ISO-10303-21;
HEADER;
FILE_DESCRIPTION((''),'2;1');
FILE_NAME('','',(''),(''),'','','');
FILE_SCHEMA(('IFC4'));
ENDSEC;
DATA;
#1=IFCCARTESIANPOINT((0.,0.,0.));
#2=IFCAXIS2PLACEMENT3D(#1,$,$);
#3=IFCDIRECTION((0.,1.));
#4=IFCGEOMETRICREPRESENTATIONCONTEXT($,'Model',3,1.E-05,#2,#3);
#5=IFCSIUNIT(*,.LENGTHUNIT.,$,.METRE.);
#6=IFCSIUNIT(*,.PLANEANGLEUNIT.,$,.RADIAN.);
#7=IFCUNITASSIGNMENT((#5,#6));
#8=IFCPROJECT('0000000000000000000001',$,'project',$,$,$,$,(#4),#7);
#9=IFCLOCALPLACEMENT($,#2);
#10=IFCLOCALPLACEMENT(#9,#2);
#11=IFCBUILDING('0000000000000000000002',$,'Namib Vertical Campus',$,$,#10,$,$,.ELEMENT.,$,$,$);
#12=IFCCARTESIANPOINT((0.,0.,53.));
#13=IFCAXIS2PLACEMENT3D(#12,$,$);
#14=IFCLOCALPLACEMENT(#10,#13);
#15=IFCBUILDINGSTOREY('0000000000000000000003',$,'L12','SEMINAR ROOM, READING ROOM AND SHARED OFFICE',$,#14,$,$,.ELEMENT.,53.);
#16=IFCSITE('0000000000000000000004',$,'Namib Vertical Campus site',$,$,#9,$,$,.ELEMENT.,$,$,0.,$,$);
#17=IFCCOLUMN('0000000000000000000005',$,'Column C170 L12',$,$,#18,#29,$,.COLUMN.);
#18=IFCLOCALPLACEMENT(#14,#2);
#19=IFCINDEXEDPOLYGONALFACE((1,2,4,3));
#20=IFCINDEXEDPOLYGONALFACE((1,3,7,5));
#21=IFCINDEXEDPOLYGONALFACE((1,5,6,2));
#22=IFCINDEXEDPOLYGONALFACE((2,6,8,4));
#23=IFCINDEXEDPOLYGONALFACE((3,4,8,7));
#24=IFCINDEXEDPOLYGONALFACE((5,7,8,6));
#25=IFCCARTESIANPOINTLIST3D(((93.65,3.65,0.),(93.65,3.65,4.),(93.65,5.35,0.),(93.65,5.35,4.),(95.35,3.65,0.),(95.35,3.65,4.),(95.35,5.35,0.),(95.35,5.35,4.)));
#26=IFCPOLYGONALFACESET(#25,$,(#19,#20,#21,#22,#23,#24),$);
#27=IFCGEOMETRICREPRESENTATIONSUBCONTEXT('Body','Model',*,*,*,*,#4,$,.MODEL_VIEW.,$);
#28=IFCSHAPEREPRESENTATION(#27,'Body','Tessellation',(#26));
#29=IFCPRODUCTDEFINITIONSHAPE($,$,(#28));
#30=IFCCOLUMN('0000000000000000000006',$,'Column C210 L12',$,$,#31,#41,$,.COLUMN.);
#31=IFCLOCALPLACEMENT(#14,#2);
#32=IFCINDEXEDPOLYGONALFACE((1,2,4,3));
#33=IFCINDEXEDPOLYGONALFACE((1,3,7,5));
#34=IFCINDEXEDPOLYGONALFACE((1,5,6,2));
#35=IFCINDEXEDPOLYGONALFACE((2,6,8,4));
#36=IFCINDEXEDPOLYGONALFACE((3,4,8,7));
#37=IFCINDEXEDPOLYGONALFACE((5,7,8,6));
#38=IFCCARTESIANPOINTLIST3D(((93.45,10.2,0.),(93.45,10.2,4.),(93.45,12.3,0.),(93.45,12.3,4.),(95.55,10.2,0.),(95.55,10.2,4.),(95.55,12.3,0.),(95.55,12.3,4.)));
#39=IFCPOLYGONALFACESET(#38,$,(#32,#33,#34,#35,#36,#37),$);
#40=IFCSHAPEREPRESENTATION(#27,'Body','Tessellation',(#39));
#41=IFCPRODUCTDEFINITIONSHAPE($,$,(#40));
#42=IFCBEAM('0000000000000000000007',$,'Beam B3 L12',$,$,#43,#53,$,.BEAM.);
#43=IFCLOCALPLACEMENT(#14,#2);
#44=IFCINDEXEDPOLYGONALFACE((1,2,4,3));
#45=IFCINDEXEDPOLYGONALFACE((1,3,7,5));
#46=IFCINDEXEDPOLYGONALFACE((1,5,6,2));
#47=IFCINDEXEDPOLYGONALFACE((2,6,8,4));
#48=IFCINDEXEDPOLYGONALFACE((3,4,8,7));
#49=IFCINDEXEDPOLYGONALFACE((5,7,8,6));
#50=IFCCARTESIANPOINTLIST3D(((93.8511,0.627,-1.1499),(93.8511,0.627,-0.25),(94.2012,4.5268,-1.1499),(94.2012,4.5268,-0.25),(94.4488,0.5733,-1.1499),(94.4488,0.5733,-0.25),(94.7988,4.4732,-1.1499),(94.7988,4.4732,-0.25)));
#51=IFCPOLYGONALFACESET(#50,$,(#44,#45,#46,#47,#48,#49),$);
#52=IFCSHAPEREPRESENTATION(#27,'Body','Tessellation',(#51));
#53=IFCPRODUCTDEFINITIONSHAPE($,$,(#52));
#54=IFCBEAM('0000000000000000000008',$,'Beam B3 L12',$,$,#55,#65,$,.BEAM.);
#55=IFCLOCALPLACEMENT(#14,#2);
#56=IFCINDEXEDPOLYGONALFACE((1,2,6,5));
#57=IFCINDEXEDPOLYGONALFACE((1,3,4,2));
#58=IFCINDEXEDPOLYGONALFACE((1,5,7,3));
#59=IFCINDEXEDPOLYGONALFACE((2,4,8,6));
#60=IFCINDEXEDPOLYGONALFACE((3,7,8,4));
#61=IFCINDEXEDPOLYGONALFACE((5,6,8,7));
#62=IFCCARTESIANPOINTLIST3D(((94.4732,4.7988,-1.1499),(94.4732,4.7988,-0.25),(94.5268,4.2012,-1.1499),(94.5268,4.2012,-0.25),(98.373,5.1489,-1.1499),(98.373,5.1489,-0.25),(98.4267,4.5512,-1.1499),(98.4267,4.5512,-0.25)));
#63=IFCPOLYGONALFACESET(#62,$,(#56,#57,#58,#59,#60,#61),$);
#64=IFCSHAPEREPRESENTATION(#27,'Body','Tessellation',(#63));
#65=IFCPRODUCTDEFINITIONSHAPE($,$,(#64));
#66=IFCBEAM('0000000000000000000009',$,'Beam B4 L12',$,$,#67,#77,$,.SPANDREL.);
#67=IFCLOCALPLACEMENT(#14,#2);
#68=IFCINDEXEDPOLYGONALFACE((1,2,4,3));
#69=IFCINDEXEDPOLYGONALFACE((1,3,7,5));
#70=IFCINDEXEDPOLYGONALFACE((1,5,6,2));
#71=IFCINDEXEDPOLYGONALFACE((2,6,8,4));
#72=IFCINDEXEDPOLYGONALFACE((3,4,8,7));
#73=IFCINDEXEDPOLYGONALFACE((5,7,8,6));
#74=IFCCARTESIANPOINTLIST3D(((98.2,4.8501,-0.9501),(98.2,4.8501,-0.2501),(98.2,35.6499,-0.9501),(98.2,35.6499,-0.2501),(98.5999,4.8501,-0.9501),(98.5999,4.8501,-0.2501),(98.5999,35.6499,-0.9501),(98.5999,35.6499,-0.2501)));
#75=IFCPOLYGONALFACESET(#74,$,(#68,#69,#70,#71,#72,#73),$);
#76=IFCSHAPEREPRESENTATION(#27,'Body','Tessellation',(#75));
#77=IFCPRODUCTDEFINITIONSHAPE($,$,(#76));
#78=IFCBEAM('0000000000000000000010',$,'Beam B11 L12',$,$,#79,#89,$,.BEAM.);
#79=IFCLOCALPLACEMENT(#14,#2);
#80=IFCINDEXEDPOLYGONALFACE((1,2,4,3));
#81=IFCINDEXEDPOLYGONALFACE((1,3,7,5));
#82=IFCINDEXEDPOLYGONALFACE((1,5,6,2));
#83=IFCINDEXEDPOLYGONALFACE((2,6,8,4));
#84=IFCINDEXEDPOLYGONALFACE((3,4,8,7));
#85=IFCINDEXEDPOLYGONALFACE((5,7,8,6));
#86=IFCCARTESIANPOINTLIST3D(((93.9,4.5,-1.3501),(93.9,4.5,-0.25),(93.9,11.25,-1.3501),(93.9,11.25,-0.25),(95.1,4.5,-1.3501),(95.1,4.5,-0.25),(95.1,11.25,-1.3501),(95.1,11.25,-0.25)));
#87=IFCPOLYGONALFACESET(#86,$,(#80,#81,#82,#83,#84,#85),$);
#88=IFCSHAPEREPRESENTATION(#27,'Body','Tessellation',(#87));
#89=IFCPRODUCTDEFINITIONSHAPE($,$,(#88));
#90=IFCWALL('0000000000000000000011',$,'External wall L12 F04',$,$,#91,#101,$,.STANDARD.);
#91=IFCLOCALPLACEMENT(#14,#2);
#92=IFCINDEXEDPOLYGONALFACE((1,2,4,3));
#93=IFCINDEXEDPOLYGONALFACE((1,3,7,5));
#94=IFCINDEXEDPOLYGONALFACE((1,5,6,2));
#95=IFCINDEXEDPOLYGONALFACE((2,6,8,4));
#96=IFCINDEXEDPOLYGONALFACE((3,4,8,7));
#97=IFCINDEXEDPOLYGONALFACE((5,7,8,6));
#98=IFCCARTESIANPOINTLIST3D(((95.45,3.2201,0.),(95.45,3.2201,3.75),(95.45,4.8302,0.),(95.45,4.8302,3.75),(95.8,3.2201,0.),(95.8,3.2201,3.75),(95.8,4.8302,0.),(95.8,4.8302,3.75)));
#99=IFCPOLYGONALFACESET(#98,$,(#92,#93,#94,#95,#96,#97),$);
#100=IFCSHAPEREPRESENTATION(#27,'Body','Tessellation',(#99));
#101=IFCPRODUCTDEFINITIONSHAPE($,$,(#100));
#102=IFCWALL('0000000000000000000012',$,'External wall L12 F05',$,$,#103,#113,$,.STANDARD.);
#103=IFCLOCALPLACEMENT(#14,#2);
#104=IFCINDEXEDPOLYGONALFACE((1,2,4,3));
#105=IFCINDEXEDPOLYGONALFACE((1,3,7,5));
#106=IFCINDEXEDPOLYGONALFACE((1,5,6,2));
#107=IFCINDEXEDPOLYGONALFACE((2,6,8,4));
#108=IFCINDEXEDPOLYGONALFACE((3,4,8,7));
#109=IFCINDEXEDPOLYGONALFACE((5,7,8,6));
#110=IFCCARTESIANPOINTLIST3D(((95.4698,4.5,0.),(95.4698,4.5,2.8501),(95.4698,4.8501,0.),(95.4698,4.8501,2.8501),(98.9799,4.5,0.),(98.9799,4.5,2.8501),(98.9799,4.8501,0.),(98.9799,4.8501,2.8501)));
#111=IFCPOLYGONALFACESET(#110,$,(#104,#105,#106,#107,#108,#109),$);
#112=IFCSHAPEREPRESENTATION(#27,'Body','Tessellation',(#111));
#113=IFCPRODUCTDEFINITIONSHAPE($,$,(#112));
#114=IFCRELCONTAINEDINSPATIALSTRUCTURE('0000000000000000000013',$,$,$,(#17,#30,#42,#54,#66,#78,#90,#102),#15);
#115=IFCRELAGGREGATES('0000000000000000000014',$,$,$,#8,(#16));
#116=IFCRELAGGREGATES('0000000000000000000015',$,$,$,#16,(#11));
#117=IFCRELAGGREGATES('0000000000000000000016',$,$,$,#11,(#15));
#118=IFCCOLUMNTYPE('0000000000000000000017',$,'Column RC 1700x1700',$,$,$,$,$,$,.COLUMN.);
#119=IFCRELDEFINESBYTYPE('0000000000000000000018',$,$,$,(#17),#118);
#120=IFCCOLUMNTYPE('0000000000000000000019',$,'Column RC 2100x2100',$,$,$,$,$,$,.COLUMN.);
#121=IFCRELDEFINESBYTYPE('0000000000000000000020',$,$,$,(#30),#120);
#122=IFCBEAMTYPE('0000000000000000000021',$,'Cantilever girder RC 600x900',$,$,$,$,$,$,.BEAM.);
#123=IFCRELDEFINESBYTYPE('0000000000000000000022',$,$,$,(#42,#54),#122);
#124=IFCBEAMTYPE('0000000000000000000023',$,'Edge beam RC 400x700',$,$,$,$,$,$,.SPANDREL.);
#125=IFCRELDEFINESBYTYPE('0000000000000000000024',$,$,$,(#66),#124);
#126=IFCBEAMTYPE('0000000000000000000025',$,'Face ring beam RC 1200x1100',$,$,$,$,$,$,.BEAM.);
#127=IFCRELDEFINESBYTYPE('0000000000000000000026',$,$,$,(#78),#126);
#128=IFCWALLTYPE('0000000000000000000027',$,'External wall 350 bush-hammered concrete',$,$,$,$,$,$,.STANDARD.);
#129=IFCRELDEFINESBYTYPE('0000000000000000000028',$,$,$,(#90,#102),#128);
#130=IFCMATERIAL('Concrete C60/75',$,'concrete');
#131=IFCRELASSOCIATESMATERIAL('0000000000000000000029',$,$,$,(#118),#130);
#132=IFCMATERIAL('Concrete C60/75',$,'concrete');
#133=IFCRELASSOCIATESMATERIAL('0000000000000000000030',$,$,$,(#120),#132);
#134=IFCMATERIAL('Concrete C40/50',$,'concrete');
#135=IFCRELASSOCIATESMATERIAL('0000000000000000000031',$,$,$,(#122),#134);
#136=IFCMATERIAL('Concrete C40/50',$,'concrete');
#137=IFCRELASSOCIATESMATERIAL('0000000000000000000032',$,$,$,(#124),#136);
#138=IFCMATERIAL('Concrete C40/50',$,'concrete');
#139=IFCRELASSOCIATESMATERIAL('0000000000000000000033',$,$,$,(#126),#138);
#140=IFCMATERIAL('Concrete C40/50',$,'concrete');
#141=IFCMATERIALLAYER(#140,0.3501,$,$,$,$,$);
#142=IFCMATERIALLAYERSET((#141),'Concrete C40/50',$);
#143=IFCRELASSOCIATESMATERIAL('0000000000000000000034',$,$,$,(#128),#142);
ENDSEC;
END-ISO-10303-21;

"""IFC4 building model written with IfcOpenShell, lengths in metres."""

from ifc_helpers import new_model, si_unit, direction, frame, frame_2d, origin, origin_2d, place, context, subcontext, project, spatial, rectangle, extrude, material, layer, layer_set, material_profile, profile_set, type_object, element, save


model = new_model("IFC4")

# Units and contexts
model_context = context("Model", 3, precision=1e-05, world=origin(), true_north=direction((0.0, 1.0)))
body_context = subcontext(model_context, "Body", "Model", "MODEL_VIEW")
ifc_project = project(units=[si_unit("LENGTHUNIT", "METRE"), si_unit("PLANEANGLEUNIT", "RADIAN")], contexts=[model_context])

# Site, building, storey
site_placement = place(None, origin())
site = spatial("IfcSite", under=ifc_project, at=site_placement, Name="Namib Vertical Campus site", CompositionType="ELEMENT", RefElevation=0.0)
building_placement = place(site_placement, origin())
building = spatial("IfcBuilding", under=site, at=building_placement, Name="Namib Vertical Campus", CompositionType="ELEMENT")
storey_placement = place(building_placement, frame((0.0, 0.0, 53.0)))
storey = spatial("IfcBuildingStorey", under=building, at=storey_placement, Name="L12", Description="SEMINAR ROOM, READING ROOM AND SHARED OFFICE", CompositionType="ELEMENT", Elevation=53.0)

# Columns
ifc_material_1 = material(Name="Concrete C60/75", Category="concrete")
ifc_material_profile_1 = material_profile(ifc_material_1, rectangle(XDim=1.7, YDim=1.7, at=origin_2d()))
ifc_profile_set_1 = profile_set([ifc_material_profile_1], Name="Concrete C60/75")
column_type_1 = type_object("IfcColumnType", Name="Column RC 1700x1700", PredefinedType="COLUMN", material=ifc_profile_set_1)
column_1_placement = place(storey_placement, frame((94.5, 4.5, 0.0), z_axis=(0.0, 0.0, 1.0), x_axis=(1.0, 0.0, 0.0)))
element("IfcColumn", 1, at=column_1_placement, inside=storey, type_object=column_type_1, Name="Column C170 L12", PredefinedType="COLUMN", context=body_context, shape_type="SweptSolid", body=[
    extrude(rectangle(XDim=1.7, YDim=1.7, at=origin_2d()), origin(), (0.0, 0.0, 1.0), 4.0),
])
ifc_material_2 = material(Name="Concrete C60/75", Category="concrete")
ifc_material_profile_2 = material_profile(ifc_material_2, rectangle(XDim=2.1001, YDim=2.1001, at=origin_2d()))
ifc_profile_set_2 = profile_set([ifc_material_profile_2], Name="Concrete C60/75")
column_type_2 = type_object("IfcColumnType", Name="Column RC 2100x2100", PredefinedType="COLUMN", material=ifc_profile_set_2)
column_2_placement = place(storey_placement, frame((94.5, 11.25, 0.0), z_axis=(0.0, 0.0, 1.0), x_axis=(1.0, 0.0, 0.0)))
element("IfcColumn", 2, at=column_2_placement, inside=storey, type_object=column_type_2, Name="Column C210 L12", PredefinedType="COLUMN", context=body_context, shape_type="SweptSolid", body=[
    extrude(rectangle(XDim=2.1001, YDim=2.1001, at=origin_2d()), origin(), (0.0, 0.0, 1.0), 4.0),
])

# Beams
ifc_material_3 = material(Name="Concrete C40/50", Category="concrete")
ifc_material_profile_3 = material_profile(ifc_material_3, rectangle(XDim=0.6001, YDim=0.8999, at=origin_2d()))
ifc_profile_set_3 = profile_set([ifc_material_profile_3], Name="Concrete C40/50")
beam_type_1 = type_object("IfcBeamType", Name="Cantilever girder RC 600x900", PredefinedType="BEAM", material=ifc_profile_set_3)
for number, where, z_axis, x_axis, name in (
    (3, (94.5, 4.5, -0.7), (-0.089411, -0.995995, 0.0), (0.995995, -0.089411, 0.0), "Beam B3 L12"),
    (4, (94.5, 4.5, -0.7), (0.995995, 0.089411, 0.0), (-0.089411, 0.995995, 0.0), "Beam B3 L12"),
):
    element("IfcBeam", number, at=place(storey_placement, frame(where, z_axis=z_axis, x_axis=x_axis)), inside=storey, type_object=beam_type_1, Name=name, PredefinedType="BEAM", context=body_context, shape_type="SweptSolid", body=[
        extrude(rectangle(XDim=0.6001, YDim=0.8999, at=origin_2d()), origin(), (0.0, 0.0, 1.0), 3.9155),
    ])
ifc_material_4 = material(Name="Concrete C40/50", Category="concrete")
ifc_material_profile_4 = material_profile(ifc_material_4, rectangle(XDim=0.3999, YDim=0.7, at=origin_2d()))
ifc_profile_set_4 = profile_set([ifc_material_profile_4], Name="Concrete C40/50")
beam_type_2 = type_object("IfcBeamType", Name="Edge beam RC 400x700", PredefinedType="SPANDREL", material=ifc_profile_set_4)
beam_1_placement = place(storey_placement, frame((98.3999, 4.8501, -0.6001), z_axis=(0.0, 1.0, 0.0), x_axis=(-1.0, 0.0, 0.0)))
element("IfcBeam", 5, at=beam_1_placement, inside=storey, type_object=beam_type_2, Name="Beam B4 L12", PredefinedType="SPANDREL", context=body_context, shape_type="SweptSolid", body=[
    extrude(rectangle(XDim=0.3999, YDim=0.7, at=origin_2d()), origin(), (0.0, 0.0, 1.0), 30.7998),
])
ifc_material_5 = material(Name="Concrete C40/50", Category="concrete")
ifc_material_profile_5 = material_profile(ifc_material_5, rectangle(XDim=1.2, YDim=1.1001, at=origin_2d()))
ifc_profile_set_5 = profile_set([ifc_material_profile_5], Name="Concrete C40/50")
beam_type_3 = type_object("IfcBeamType", Name="Face ring beam RC 1200x1100", PredefinedType="BEAM", material=ifc_profile_set_5)
beam_2_placement = place(storey_placement, frame((94.5, 4.5, -0.8), z_axis=(0.0, 1.0, 0.0), x_axis=(-1.0, 0.0, 0.0)))
element("IfcBeam", 6, at=beam_2_placement, inside=storey, type_object=beam_type_3, Name="Beam B11 L12", PredefinedType="BEAM", context=body_context, shape_type="SweptSolid", body=[
    extrude(rectangle(XDim=1.2, YDim=1.1001, at=origin_2d()), origin(), (0.0, 0.0, 1.0), 6.75),
])

# Walls
ifc_material_6 = material(Name="Concrete C40/50", Category="concrete")
ifc_layer_1 = layer(ifc_material_6, 0.3501)
ifc_layer_set_1 = layer_set([ifc_layer_1], Name="Concrete C40/50")
wall_type = type_object("IfcWallType", Name="External wall 350 bush-hammered concrete", PredefinedType="STANDARD", material=ifc_layer_set_1)
wall_1_placement = place(storey_placement, frame((95.625, 3.22, 0.0), z_axis=(0.0, 0.0, 1.0), x_axis=(0.0, 1.0, 0.0)))
element("IfcWall", 7, at=wall_1_placement, inside=storey, type_object=wall_type, Name="External wall L12 F04", PredefinedType="STANDARD", context=body_context, shape_type="SweptSolid", body=[
    extrude(rectangle(XDim=1.6101, YDim=0.3501, at=frame_2d((0.8052, 0.0))), origin(), (0.0, 0.0, 1.0), 3.75),
])
wall_2_placement = place(storey_placement, frame((95.47, 4.675, 0.0), z_axis=(0.0, 0.0, 1.0), x_axis=(1.0, 0.0, 0.0)))
element("IfcWall", 8, at=wall_2_placement, inside=storey, type_object=wall_type, Name="External wall L12 F05", PredefinedType="STANDARD", context=body_context, shape_type="SweptSolid", body=[
    extrude(rectangle(XDim=3.51, YDim=0.3501, at=frame_2d((1.7549, 0.0))), origin(), (0.0, 0.0, 1.0), 2.8501),
])

save(model, "model.ifc")
